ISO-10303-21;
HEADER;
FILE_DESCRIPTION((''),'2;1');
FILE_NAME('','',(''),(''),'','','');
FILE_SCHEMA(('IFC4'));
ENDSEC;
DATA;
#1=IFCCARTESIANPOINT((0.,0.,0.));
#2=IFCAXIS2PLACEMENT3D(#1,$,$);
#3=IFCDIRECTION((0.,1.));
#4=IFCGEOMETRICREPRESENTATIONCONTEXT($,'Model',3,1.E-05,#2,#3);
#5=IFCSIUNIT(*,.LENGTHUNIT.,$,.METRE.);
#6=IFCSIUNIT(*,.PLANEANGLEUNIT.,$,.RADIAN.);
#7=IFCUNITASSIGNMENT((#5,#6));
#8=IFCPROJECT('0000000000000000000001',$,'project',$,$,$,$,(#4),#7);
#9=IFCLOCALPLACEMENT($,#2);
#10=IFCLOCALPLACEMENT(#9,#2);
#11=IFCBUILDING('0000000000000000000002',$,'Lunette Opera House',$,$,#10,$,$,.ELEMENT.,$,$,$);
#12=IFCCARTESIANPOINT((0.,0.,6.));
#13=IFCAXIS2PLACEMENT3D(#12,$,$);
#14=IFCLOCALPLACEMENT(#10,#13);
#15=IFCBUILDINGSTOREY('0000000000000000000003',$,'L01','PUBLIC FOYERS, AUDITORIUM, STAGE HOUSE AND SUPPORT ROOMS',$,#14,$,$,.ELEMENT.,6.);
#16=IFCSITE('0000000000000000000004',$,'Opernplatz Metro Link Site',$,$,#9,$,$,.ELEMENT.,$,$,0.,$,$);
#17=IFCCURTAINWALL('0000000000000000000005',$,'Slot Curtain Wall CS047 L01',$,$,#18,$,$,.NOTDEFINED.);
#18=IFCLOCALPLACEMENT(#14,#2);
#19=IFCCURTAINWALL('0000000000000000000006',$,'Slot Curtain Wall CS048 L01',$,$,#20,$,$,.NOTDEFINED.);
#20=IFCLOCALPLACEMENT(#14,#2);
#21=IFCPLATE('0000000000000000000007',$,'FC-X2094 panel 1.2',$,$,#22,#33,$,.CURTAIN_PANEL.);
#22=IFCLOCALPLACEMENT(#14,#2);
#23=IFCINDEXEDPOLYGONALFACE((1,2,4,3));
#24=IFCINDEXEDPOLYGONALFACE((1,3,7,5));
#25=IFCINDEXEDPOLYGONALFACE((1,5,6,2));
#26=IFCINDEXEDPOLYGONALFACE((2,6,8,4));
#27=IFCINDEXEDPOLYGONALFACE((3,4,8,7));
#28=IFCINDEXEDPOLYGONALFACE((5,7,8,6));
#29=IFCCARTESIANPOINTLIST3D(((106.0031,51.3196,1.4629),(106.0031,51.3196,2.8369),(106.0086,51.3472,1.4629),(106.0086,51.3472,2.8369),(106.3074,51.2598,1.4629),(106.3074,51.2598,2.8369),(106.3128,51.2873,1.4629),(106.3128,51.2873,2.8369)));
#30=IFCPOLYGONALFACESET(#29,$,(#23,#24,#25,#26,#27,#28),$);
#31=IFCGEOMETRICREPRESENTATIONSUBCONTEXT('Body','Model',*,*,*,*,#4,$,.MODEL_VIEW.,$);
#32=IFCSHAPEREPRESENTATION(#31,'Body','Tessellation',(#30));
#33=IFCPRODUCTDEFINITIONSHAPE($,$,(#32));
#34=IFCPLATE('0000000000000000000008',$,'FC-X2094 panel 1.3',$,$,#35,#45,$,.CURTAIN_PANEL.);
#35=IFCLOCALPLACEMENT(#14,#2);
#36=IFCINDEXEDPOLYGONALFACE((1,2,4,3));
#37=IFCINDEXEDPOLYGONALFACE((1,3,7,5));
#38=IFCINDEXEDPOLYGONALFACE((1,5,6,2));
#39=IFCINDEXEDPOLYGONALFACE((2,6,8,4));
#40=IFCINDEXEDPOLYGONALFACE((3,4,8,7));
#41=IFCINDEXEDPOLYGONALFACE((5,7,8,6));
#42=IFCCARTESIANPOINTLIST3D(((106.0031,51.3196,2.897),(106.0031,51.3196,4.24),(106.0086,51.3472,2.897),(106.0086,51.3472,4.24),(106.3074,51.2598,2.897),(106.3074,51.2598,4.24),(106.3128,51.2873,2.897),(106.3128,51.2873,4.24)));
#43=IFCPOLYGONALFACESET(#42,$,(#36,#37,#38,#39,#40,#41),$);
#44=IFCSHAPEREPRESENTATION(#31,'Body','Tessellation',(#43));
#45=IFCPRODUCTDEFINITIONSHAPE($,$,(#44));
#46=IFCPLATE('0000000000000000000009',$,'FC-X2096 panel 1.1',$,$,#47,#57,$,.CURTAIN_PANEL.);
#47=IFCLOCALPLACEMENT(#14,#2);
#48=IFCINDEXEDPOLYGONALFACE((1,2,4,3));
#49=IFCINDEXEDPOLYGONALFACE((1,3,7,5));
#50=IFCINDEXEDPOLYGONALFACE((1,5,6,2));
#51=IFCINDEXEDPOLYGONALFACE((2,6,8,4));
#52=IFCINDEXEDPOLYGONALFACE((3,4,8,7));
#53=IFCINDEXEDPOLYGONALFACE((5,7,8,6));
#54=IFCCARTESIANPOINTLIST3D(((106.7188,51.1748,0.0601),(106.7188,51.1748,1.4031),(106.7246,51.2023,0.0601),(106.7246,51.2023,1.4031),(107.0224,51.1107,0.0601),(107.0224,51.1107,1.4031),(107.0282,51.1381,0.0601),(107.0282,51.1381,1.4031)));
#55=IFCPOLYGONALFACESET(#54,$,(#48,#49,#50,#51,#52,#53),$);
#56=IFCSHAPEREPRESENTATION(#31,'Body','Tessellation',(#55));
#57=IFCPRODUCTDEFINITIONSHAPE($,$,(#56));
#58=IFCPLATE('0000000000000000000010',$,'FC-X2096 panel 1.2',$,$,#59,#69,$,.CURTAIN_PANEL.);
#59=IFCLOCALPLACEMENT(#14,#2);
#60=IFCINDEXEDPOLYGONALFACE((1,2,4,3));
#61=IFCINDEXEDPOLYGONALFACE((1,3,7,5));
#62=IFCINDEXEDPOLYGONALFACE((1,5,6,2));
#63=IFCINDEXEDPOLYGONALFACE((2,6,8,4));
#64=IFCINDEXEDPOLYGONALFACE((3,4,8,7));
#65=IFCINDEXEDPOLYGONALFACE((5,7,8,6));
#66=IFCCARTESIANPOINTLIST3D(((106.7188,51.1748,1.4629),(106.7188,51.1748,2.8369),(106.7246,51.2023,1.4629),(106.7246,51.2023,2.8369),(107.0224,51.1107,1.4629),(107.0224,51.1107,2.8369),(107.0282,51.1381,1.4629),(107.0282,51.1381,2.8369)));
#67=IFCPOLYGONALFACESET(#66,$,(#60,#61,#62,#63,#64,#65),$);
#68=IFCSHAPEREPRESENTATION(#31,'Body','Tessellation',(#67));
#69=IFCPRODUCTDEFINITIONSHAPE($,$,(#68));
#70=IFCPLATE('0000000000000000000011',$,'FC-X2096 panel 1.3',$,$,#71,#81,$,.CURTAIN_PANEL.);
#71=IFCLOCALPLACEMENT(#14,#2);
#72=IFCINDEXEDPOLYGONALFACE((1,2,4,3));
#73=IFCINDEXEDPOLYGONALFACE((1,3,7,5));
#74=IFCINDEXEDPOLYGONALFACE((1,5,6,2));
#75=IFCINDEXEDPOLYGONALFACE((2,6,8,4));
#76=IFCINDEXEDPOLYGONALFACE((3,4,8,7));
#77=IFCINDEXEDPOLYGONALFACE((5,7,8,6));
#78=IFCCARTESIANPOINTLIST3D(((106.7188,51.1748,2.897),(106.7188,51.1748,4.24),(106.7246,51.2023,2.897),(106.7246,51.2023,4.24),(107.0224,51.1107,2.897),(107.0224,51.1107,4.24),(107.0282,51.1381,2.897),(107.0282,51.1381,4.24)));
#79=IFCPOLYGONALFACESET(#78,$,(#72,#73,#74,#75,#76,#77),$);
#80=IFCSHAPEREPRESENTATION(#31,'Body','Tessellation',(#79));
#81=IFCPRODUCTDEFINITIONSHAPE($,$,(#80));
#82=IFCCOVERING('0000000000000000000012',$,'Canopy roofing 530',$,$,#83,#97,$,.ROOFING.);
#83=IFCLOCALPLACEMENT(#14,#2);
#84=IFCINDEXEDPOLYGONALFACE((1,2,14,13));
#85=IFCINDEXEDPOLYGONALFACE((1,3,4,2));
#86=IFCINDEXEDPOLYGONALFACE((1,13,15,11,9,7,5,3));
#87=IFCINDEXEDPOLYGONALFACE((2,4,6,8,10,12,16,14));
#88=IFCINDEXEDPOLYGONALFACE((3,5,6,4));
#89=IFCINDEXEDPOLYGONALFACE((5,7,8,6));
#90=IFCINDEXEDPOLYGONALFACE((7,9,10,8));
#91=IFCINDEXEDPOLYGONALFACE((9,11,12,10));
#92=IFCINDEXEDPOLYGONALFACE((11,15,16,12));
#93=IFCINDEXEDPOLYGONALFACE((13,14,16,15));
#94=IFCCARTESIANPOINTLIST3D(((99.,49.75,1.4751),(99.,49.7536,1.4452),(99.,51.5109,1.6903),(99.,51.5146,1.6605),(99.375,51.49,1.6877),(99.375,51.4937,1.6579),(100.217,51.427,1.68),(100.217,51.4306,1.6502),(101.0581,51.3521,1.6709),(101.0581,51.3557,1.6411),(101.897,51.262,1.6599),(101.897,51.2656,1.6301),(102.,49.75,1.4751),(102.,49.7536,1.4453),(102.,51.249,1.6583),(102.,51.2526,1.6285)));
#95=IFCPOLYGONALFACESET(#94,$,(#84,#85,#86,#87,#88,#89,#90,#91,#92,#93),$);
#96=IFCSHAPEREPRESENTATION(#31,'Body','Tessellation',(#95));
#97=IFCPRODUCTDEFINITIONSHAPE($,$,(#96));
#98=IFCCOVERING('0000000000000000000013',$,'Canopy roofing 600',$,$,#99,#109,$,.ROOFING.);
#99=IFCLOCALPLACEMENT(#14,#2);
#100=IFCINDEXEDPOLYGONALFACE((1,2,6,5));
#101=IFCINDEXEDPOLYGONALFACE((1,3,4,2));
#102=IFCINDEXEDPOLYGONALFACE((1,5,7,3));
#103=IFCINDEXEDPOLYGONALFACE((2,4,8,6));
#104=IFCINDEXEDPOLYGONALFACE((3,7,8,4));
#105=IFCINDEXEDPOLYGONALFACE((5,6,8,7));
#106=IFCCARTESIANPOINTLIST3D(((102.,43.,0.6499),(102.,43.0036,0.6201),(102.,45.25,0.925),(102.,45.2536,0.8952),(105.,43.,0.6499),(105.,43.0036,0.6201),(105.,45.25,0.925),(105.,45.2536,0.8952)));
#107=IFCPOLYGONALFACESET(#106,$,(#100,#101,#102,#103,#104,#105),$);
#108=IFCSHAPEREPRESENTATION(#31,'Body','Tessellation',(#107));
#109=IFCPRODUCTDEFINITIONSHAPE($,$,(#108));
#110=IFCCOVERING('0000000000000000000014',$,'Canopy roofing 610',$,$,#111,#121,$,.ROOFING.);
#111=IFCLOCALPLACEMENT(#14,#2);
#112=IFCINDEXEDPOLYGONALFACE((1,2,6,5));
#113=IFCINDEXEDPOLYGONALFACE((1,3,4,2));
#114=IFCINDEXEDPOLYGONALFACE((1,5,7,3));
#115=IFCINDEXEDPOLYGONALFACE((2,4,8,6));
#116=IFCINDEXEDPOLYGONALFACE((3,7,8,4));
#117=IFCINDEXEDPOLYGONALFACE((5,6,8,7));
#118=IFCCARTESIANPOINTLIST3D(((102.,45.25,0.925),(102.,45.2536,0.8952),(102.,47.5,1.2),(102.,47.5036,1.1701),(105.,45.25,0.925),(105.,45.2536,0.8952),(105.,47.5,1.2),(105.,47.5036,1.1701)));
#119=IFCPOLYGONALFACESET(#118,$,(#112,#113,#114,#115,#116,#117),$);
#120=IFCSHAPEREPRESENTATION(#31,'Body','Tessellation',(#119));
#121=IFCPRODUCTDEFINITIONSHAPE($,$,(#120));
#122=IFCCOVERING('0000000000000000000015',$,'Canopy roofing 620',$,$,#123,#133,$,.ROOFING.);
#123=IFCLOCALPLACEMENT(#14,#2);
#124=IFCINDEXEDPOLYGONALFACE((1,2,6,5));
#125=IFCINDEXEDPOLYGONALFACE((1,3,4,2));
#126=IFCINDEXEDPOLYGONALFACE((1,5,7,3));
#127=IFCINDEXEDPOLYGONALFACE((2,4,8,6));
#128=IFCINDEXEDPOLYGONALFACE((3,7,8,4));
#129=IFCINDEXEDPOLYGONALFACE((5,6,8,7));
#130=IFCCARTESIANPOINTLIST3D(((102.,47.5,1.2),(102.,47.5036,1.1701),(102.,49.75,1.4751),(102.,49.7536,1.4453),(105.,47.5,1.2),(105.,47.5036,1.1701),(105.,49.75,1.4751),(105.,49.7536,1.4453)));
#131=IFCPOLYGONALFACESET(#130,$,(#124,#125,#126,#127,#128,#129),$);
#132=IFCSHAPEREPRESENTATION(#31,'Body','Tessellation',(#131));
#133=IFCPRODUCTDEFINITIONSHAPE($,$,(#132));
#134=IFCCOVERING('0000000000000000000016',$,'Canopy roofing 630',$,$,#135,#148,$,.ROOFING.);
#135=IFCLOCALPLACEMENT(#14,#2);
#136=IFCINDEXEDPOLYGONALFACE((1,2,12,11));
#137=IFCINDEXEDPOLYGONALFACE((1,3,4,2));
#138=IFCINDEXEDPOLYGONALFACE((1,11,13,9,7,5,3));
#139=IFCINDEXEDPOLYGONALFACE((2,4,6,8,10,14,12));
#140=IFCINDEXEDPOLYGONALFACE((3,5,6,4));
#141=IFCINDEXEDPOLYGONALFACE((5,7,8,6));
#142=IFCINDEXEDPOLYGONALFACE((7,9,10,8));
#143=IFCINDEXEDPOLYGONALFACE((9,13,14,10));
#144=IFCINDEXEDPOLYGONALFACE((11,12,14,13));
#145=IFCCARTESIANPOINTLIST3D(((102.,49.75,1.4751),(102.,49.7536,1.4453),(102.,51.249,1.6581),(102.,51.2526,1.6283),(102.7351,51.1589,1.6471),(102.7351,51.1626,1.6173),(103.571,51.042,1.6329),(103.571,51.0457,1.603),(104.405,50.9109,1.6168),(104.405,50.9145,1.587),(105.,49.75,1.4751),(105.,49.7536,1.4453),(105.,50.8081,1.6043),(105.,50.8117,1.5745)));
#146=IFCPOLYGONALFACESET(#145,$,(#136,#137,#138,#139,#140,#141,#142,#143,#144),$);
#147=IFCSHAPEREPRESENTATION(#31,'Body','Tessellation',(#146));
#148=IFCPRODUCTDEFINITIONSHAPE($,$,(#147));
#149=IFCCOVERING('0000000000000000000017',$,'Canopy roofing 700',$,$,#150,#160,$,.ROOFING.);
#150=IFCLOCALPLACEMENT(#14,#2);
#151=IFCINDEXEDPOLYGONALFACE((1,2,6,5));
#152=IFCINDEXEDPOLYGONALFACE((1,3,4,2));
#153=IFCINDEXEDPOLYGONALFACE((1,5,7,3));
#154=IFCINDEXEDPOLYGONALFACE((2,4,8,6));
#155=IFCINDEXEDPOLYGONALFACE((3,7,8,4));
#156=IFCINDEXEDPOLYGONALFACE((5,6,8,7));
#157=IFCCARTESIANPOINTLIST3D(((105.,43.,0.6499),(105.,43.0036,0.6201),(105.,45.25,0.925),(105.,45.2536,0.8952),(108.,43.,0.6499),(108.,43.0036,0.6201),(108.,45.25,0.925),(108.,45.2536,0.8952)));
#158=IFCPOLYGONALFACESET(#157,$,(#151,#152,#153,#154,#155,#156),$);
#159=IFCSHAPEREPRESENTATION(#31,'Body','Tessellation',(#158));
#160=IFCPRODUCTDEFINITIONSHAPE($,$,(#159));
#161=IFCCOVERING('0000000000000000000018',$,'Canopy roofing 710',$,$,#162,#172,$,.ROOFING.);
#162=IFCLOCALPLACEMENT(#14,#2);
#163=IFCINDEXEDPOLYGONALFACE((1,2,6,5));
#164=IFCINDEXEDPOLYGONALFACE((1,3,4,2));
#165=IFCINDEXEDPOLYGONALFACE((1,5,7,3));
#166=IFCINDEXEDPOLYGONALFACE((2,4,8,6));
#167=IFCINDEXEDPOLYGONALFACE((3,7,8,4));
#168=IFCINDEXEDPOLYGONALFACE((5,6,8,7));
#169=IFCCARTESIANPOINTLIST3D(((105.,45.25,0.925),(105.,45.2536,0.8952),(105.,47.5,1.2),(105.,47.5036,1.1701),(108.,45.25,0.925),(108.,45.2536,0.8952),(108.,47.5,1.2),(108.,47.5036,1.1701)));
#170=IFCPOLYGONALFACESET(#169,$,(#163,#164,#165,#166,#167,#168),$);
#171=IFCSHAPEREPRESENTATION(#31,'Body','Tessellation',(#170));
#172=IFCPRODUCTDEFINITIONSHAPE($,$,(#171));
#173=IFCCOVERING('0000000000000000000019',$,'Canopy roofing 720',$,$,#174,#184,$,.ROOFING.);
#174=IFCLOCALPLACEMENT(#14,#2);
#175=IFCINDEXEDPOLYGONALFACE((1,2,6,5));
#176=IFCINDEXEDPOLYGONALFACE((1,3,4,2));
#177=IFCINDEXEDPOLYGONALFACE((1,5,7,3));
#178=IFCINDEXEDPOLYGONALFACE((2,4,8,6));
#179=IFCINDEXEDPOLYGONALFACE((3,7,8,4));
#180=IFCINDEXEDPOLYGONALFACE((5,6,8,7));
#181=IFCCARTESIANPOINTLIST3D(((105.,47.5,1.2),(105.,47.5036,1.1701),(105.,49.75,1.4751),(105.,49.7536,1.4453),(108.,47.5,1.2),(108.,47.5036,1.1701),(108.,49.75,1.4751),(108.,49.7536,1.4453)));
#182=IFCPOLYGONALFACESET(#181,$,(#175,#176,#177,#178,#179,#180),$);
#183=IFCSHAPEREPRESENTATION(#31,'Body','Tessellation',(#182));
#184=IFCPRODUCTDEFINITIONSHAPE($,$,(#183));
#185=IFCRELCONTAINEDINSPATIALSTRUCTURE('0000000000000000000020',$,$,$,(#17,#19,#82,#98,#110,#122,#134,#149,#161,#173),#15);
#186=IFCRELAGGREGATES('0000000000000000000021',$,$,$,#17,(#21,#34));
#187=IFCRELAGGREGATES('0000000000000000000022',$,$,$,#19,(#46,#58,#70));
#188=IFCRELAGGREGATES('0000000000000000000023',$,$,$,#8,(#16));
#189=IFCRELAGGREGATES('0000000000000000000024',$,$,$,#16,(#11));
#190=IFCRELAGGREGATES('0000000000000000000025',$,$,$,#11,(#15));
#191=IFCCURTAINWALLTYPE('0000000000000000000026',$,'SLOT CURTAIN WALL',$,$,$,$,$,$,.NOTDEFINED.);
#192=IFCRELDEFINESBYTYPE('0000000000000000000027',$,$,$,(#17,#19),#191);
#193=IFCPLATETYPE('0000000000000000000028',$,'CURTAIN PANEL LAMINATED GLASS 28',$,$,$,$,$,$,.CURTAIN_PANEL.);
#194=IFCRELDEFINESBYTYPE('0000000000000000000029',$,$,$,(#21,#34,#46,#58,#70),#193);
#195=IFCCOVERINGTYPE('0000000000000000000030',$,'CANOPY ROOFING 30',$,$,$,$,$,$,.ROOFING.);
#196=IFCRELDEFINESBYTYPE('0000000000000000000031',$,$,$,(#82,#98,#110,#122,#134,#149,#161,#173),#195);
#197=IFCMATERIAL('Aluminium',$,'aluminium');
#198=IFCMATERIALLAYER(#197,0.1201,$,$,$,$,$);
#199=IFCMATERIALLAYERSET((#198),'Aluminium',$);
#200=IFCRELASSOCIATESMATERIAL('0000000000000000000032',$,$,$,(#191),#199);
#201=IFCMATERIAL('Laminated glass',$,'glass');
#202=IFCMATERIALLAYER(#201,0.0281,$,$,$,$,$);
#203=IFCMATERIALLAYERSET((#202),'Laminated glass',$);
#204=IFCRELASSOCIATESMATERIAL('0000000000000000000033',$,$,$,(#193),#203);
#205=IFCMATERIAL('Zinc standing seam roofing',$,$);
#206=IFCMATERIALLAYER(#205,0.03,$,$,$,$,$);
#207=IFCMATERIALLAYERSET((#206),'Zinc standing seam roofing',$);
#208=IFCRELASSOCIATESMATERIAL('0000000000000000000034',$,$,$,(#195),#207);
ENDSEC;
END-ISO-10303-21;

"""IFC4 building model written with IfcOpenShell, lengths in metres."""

from ifc_helpers import new_model, si_unit, direction, frame, origin, origin_2d, place, context, subcontext, project, spatial, polyline, rectangle, outline, extrude, material, layer, layer_set, type_object, element, aggregate, save


model = new_model("IFC4")

# Units and contexts
model_context = context("Model", 3, precision=1e-05, world=origin(), true_north=direction((0.0, 1.0)))
body_context = subcontext(model_context, "Body", "Model", "MODEL_VIEW")
ifc_project = project(units=[si_unit("LENGTHUNIT", "METRE"), si_unit("PLANEANGLEUNIT", "RADIAN")], contexts=[model_context])

# Site, building, storey
site_placement = place(None, origin())
site = spatial("IfcSite", under=ifc_project, at=site_placement, Name="Opernplatz Metro Link Site", CompositionType="ELEMENT", RefElevation=0.0)
building_placement = place(site_placement, origin())
building = spatial("IfcBuilding", under=site, at=building_placement, Name="Lunette Opera House", CompositionType="ELEMENT")
storey_placement = place(building_placement, frame((0.0, 0.0, 6.0)))
storey = spatial("IfcBuildingStorey", under=building, at=storey_placement, Name="L01", Description="PUBLIC FOYERS, AUDITORIUM, STAGE HOUSE AND SUPPORT ROOMS", CompositionType="ELEMENT", Elevation=6.0)

# Curtain wall
ifc_material_1 = material(Name="Aluminium", Category="aluminium")
ifc_layer_1 = layer(ifc_material_1, 0.1201)
ifc_layer_set_1 = layer_set([ifc_layer_1], Name="Aluminium")
curtain_wall_type = type_object("IfcCurtainWallType", Name="SLOT CURTAIN WALL", PredefinedType="NOTDEFINED", material=ifc_layer_set_1)
curtain_wall_1_placement = place(storey_placement, origin())
curtain_wall_1 = element("IfcCurtainWall", 1, at=curtain_wall_1_placement, inside=storey, type_object=curtain_wall_type, Name="Slot Curtain Wall CS047 L01", PredefinedType="NOTDEFINED")

# Curtain wall
curtain_wall_2_placement = place(storey_placement, origin())
curtain_wall_2 = element("IfcCurtainWall", 2, at=curtain_wall_2_placement, inside=storey, type_object=curtain_wall_type, Name="Slot Curtain Wall CS048 L01", PredefinedType="NOTDEFINED")

# Plates
ifc_material_2 = material(Name="Laminated glass", Category="glass")
ifc_layer_2 = layer(ifc_material_2, 0.0281)
ifc_layer_set_2 = layer_set([ifc_layer_2], Name="Laminated glass")
plate_type = type_object("IfcPlateType", Name="CURTAIN PANEL LAMINATED GLASS 28", PredefinedType="CURTAIN_PANEL", material=ifc_layer_set_2)
plate_1_placement = place(storey_placement, frame((106.158, 51.3035, 1.4629), z_axis=(0.0, 0.0, 1.0), x_axis=(0.981202, -0.192985, 0.0)))
plate_1 = element("IfcPlate", 3, at=plate_1_placement, type_object=plate_type, Name="FC-X2094 panel 1.2", PredefinedType="CURTAIN_PANEL", context=body_context, shape_type="SweptSolid", body=[
    extrude(rectangle(XDim=0.3101, YDim=0.0281, at=origin_2d()), origin(), (0.0, 0.0, 1.0), 1.374),
])
plate_2_placement = place(storey_placement, frame((106.158, 51.3035, 2.897), z_axis=(0.0, 0.0, 1.0), x_axis=(0.981202, -0.192985, 0.0)))
plate_2 = element("IfcPlate", 4, at=plate_2_placement, type_object=plate_type, Name="FC-X2094 panel 1.3", PredefinedType="CURTAIN_PANEL", context=body_context, shape_type="SweptSolid", body=[
    extrude(rectangle(XDim=0.3101, YDim=0.0281, at=origin_2d()), origin(), (0.0, 0.0, 1.0), 1.343),
])
aggregate(curtain_wall_1, [plate_1, plate_2])
plate_3_placement = place(storey_placement, frame((106.8735, 51.1565, 0.0601), z_axis=(0.0, 0.0, 1.0), x_axis=(0.978377, -0.20683, 0.0)))
plate_3 = element("IfcPlate", 5, at=plate_3_placement, type_object=plate_type, Name="FC-X2096 panel 1.1", PredefinedType="CURTAIN_PANEL", context=body_context, shape_type="SweptSolid", body=[
    extrude(rectangle(XDim=0.3103, YDim=0.0281, at=origin_2d()), origin(), (0.0, 0.0, 1.0), 1.343),
])
plate_4_placement = place(storey_placement, frame((106.8735, 51.1565, 1.4629), z_axis=(0.0, 0.0, 1.0), x_axis=(0.978377, -0.20683, 0.0)))
plate_4 = element("IfcPlate", 6, at=plate_4_placement, type_object=plate_type, Name="FC-X2096 panel 1.2", PredefinedType="CURTAIN_PANEL", context=body_context, shape_type="SweptSolid", body=[
    extrude(rectangle(XDim=0.3103, YDim=0.0281, at=origin_2d()), origin(), (0.0, 0.0, 1.0), 1.374),
])
plate_5_placement = place(storey_placement, frame((106.8735, 51.1565, 2.897), z_axis=(0.0, 0.0, 1.0), x_axis=(0.978377, -0.20683, 0.0)))
plate_5 = element("IfcPlate", 7, at=plate_5_placement, type_object=plate_type, Name="FC-X2096 panel 1.3", PredefinedType="CURTAIN_PANEL", context=body_context, shape_type="SweptSolid", body=[
    extrude(rectangle(XDim=0.3103, YDim=0.0281, at=origin_2d()), origin(), (0.0, 0.0, 1.0), 1.343),
])
aggregate(curtain_wall_2, [plate_3, plate_4, plate_5])

# Coverings
ifc_material_3 = material(Name="Zinc standing seam roofing")
ifc_layer_3 = layer(ifc_material_3, 0.03)
ifc_layer_set_3 = layer_set([ifc_layer_3], Name="Zinc standing seam roofing")
covering_type = type_object("IfcCoveringType", Name="CANOPY ROOFING 30", PredefinedType="ROOFING", material=ifc_layer_set_3)
covering_1_placement = place(storey_placement, frame((102.0, 49.75, 1.4751), z_axis=(-0.000014, -0.121307, 0.992615), x_axis=(-1.0, 0.000002, -0.000014)))
element("IfcCovering", 8, at=covering_1_placement, inside=storey, type_object=covering_type, Name="Canopy roofing 530", PredefinedType="ROOFING", context=body_context, shape_type="SweptSolid", body=[
    extrude(outline(polyline([(0.0, 0.0), (3.0, 0.0), (3.0, -1.774), (2.625, -1.753), (1.783, -1.6895), (0.9419, -1.614), (0.103, -1.5232), (0.0, -1.5101), (0.0, 0.0)])), origin(), (0.0, 0.0, -1.0), 0.03),
])
covering_2_placement = place(storey_placement, frame((102.0, 43.0, 0.6499), z_axis=(0.0, -0.121383, 0.992606), x_axis=(0.0, 0.992606, 0.121383)))
element("IfcCovering", 9, at=covering_2_placement, inside=storey, type_object=covering_type, Name="Canopy roofing 600", PredefinedType="ROOFING", context=body_context, shape_type="SweptSolid", body=[
    extrude(outline(polyline([(0.0, 0.0), (2.2668, 0.0), (2.2668, -3.0), (0.0, -3.0), (0.0, 0.0)])), origin(), (0.0, 0.0, -1.0), 0.03),
])
covering_3_placement = place(storey_placement, frame((102.0, 45.25, 0.925), z_axis=(0.0, -0.121277, 0.992619), x_axis=(0.0, 0.992619, 0.121277)))
element("IfcCovering", 10, at=covering_3_placement, inside=storey, type_object=covering_type, Name="Canopy roofing 610", PredefinedType="ROOFING", context=body_context, shape_type="SweptSolid", body=[
    extrude(outline(polyline([(0.0, 0.0), (2.2667, 0.0), (2.2667, -3.0), (0.0, -3.0), (0.0, 0.0)])), origin(), (0.0, 0.0, -1.0), 0.03),
])
covering_4_placement = place(storey_placement, frame((102.0, 47.5, 1.2), z_axis=(0.0, -0.121383, 0.992606), x_axis=(0.0, 0.992606, 0.121383)))
element("IfcCovering", 11, at=covering_4_placement, inside=storey, type_object=covering_type, Name="Canopy roofing 620", PredefinedType="ROOFING", context=body_context, shape_type="SweptSolid", body=[
    extrude(outline(polyline([(0.0, 0.0), (2.2668, 0.0), (2.2668, -3.0), (0.0, -3.0), (0.0, 0.0)])), origin(), (0.0, 0.0, -1.0), 0.03),
])
covering_5_placement = place(storey_placement, frame((105.0, 49.75, 1.4751), z_axis=(0.000007, -0.121193, 0.992629), x_axis=(-1.0, -0.000001, 0.000007)))
element("IfcCovering", 12, at=covering_5_placement, inside=storey, type_object=covering_type, Name="Canopy roofing 630", PredefinedType="ROOFING", context=body_context, shape_type="SweptSolid", body=[
    extrude(outline(polyline([(0.0, 0.0), (3.0, 0.0), (3.0, -1.5101), (2.2649, -1.4194), (1.429, -1.3016), (0.595, -1.1695), (0.0, -1.0659), (0.0, 0.0)])), origin(), (0.0, 0.0, -1.0), 0.03),
])
covering_6_placement = place(storey_placement, frame((105.0, 43.0, 0.6499), z_axis=(0.0, -0.121383, 0.992606), x_axis=(0.0, 0.992606, 0.121383)))
element("IfcCovering", 13, at=covering_6_placement, inside=storey, type_object=covering_type, Name="Canopy roofing 700", PredefinedType="ROOFING", context=body_context, shape_type="SweptSolid", body=[
    extrude(outline(polyline([(0.0, 0.0), (2.2668, 0.0), (2.2668, -3.0), (0.0, -3.0), (0.0, 0.0)])), origin(), (0.0, 0.0, -1.0), 0.03),
])
covering_7_placement = place(storey_placement, frame((105.0, 45.25, 0.925), z_axis=(0.0, -0.121277, 0.992619), x_axis=(0.0, 0.992619, 0.121277)))
element("IfcCovering", 14, at=covering_7_placement, inside=storey, type_object=covering_type, Name="Canopy roofing 710", PredefinedType="ROOFING", context=body_context, shape_type="SweptSolid", body=[
    extrude(outline(polyline([(0.0, 0.0), (2.2667, 0.0), (2.2667, -3.0), (0.0, -3.0), (0.0, 0.0)])), origin(), (0.0, 0.0, -1.0), 0.03),
])
covering_8_placement = place(storey_placement, frame((105.0, 47.5, 1.2), z_axis=(0.0, -0.121383, 0.992606), x_axis=(0.0, 0.992606, 0.121383)))
element("IfcCovering", 15, at=covering_8_placement, inside=storey, type_object=covering_type, Name="Canopy roofing 720", PredefinedType="ROOFING", context=body_context, shape_type="SweptSolid", body=[
    extrude(outline(polyline([(0.0, 0.0), (2.2668, 0.0), (2.2668, -3.0), (0.0, -3.0), (0.0, 0.0)])), origin(), (0.0, 0.0, -1.0), 0.03),
])

save(model, "model.ifc")
